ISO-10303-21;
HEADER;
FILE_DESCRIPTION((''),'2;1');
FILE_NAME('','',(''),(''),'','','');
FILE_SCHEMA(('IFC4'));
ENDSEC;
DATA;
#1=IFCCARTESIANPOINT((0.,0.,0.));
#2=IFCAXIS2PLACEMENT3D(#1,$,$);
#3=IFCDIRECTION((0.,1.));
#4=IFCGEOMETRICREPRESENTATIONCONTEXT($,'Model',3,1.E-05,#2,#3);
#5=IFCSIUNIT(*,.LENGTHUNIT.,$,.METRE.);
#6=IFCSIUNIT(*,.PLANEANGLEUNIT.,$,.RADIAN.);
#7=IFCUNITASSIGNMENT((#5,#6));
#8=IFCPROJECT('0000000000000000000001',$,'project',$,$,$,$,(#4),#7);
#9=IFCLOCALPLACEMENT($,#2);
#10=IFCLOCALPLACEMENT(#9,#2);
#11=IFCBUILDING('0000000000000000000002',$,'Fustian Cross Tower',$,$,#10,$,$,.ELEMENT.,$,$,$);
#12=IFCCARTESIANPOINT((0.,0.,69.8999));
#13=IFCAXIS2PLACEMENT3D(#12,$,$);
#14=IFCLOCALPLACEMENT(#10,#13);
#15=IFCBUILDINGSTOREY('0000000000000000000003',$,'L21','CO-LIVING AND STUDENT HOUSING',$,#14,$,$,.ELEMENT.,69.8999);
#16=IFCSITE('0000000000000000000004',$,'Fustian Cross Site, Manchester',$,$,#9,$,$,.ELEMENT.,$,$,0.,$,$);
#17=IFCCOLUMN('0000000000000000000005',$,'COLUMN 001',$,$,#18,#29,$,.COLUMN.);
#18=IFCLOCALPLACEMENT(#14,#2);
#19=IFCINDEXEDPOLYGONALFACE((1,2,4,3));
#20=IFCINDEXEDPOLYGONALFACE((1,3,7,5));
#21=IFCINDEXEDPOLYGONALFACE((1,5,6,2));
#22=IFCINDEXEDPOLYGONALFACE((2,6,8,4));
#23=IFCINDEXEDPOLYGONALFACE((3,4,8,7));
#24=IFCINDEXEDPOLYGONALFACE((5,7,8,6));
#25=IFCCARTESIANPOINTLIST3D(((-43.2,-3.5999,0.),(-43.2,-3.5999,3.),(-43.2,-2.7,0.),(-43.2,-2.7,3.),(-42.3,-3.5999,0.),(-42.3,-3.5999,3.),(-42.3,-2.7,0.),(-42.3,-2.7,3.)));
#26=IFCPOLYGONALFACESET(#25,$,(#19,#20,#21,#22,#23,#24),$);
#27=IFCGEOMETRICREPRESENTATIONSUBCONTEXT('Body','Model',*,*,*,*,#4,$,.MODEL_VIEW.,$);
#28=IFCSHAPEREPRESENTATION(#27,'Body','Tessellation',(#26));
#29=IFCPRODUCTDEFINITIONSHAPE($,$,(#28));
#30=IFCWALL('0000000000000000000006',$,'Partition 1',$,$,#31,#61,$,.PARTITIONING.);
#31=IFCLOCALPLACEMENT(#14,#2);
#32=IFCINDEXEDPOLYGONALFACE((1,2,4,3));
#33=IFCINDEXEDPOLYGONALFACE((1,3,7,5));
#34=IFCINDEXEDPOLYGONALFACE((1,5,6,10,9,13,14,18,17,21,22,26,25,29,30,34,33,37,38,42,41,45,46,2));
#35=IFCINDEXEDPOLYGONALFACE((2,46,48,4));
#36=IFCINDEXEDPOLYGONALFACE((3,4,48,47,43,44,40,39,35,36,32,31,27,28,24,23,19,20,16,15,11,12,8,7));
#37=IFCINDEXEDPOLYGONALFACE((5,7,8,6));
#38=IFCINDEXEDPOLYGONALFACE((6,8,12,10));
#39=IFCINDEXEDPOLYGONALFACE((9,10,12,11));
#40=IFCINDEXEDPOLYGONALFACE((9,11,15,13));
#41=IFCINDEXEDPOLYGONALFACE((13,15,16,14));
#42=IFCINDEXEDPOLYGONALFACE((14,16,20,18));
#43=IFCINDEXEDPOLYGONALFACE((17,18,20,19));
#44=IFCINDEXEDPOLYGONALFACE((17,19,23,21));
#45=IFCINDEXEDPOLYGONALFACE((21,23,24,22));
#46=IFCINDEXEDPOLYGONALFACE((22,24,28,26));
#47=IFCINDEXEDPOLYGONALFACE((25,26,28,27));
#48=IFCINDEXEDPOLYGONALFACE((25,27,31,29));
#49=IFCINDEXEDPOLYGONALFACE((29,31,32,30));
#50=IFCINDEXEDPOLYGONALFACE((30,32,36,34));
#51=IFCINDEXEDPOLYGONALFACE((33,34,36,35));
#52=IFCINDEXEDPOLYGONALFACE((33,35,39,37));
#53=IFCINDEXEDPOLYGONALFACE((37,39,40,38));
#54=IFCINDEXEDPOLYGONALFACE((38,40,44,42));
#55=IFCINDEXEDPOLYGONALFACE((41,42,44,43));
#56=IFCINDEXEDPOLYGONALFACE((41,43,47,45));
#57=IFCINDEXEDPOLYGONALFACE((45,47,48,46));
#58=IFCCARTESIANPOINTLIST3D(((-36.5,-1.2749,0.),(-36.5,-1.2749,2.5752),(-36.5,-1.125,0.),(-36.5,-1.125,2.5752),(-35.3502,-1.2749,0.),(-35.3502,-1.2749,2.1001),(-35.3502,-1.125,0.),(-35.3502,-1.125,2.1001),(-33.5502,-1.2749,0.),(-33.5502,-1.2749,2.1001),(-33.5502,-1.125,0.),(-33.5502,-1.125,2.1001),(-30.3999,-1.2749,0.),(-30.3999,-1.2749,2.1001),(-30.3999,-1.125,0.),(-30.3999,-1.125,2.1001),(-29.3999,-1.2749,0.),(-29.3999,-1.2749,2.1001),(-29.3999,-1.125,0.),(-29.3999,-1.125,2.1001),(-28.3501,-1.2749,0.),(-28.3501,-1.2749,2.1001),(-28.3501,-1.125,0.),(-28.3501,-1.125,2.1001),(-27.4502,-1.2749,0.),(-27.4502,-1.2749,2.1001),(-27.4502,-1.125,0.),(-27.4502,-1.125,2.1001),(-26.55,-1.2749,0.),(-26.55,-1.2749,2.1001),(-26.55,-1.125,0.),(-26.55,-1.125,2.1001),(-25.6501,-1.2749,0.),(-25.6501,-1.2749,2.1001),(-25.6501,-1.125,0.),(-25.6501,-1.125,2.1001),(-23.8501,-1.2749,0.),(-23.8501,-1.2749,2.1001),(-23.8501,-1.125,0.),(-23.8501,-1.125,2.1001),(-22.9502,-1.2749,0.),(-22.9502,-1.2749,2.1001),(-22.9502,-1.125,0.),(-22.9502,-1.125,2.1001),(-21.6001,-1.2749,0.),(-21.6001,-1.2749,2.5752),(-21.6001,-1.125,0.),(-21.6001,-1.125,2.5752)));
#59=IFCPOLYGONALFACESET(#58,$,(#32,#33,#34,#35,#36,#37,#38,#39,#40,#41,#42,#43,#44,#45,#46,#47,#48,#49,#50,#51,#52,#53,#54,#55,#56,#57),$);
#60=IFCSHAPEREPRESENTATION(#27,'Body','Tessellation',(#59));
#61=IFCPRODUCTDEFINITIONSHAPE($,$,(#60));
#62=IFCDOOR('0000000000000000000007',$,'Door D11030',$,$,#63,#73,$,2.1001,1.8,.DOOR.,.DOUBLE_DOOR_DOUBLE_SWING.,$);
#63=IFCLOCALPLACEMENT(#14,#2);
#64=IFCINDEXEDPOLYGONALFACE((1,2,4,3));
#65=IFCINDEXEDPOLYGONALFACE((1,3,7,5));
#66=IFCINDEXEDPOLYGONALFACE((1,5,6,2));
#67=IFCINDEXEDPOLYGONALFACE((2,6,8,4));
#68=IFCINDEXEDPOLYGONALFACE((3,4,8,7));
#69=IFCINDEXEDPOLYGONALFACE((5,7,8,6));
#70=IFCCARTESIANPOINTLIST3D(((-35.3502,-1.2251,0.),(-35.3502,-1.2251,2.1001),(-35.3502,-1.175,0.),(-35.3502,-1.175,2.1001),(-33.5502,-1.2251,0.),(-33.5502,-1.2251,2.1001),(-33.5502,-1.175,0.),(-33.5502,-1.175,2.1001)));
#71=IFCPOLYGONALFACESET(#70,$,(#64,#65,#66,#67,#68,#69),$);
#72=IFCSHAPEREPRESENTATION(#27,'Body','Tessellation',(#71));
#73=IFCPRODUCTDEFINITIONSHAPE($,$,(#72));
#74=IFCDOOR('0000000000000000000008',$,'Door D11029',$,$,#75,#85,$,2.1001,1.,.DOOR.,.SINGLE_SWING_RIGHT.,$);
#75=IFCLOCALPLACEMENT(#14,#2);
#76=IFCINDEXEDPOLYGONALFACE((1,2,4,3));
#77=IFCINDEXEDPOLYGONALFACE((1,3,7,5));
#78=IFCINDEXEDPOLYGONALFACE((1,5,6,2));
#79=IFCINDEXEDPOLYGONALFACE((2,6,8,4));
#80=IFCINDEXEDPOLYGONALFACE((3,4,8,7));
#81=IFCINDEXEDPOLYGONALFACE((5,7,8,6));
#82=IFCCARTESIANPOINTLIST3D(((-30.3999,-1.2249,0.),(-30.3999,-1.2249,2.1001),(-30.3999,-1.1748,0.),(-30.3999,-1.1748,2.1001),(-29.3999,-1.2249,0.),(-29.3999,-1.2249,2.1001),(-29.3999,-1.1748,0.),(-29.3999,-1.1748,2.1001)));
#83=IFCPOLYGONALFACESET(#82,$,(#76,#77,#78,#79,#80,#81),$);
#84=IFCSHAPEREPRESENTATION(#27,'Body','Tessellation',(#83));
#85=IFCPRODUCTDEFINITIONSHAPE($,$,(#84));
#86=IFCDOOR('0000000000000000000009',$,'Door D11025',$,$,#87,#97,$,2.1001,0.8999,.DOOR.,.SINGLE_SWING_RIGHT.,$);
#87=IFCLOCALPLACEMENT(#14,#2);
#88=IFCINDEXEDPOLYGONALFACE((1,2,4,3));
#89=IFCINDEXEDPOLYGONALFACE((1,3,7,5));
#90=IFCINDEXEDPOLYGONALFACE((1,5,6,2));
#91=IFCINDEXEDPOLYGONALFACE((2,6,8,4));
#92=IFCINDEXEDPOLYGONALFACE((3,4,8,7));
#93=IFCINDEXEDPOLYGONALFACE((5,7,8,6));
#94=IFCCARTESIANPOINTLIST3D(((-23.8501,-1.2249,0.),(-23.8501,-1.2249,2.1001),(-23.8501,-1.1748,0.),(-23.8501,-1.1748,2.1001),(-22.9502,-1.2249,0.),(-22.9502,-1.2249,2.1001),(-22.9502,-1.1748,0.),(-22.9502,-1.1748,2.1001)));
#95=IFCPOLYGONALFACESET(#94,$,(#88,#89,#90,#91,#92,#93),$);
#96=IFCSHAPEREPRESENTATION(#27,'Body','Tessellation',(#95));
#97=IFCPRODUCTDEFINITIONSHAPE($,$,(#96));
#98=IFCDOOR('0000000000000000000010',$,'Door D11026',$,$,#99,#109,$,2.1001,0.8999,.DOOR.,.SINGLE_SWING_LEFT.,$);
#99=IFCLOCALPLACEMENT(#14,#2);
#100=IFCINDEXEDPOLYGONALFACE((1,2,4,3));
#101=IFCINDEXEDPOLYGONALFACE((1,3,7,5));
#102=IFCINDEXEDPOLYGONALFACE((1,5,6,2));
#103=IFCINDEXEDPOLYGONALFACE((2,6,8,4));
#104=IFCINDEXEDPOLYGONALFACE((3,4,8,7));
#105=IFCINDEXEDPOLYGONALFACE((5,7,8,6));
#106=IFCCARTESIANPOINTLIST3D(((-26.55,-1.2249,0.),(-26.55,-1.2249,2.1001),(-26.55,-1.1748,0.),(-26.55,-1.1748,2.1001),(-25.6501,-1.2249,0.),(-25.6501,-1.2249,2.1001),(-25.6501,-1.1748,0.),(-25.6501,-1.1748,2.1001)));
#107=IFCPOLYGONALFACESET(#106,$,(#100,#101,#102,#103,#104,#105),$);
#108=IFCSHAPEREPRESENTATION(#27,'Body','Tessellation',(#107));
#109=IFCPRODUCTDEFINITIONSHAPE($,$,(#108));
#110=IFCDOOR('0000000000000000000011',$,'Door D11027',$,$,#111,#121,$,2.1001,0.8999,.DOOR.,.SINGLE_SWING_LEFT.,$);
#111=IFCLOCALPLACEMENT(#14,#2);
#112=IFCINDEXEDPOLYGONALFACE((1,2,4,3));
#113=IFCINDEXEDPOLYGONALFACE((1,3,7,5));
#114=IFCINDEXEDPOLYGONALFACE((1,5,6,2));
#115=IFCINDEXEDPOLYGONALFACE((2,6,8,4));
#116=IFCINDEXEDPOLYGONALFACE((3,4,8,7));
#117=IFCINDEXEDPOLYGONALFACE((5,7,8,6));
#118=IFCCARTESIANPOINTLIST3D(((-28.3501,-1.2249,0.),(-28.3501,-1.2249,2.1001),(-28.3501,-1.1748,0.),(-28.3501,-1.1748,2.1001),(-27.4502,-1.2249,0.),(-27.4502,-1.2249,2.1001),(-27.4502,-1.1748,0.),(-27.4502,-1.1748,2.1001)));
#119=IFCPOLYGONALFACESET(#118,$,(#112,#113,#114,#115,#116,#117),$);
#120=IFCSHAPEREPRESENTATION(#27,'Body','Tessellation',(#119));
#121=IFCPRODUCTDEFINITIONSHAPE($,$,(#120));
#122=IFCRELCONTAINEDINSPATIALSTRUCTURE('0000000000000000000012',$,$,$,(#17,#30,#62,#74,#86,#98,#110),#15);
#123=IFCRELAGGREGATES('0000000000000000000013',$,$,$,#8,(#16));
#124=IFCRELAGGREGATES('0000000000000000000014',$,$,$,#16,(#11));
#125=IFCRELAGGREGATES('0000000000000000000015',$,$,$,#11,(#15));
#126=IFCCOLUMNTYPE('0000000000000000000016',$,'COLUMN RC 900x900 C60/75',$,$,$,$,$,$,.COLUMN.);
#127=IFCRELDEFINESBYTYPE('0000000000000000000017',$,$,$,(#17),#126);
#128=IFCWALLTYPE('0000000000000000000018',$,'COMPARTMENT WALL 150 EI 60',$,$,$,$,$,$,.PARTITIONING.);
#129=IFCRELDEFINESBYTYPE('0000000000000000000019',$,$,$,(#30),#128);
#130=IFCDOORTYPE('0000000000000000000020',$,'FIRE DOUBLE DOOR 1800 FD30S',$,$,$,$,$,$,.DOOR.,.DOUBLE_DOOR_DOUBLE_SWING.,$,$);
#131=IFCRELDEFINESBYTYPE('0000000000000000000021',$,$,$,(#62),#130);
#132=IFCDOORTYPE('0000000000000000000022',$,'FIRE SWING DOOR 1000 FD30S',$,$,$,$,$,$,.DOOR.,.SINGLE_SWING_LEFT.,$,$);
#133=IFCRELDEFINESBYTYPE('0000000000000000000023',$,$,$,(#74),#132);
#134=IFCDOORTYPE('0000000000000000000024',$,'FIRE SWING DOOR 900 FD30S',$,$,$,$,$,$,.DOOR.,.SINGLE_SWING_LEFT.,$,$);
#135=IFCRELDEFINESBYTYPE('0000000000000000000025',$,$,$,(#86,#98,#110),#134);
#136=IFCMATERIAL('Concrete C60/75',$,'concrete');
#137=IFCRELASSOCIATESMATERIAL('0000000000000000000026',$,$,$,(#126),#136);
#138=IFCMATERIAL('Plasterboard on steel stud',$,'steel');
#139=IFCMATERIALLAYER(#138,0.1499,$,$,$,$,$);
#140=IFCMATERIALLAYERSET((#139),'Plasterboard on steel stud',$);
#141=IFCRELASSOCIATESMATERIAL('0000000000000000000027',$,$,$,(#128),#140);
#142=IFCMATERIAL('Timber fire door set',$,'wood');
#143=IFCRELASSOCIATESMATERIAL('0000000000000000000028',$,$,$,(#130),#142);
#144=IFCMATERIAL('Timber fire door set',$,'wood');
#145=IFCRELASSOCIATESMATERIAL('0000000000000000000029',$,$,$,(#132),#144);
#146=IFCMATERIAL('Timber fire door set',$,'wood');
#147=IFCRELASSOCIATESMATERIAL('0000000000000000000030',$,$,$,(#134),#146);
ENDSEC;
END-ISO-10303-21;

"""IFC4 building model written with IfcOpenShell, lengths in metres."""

from ifc_helpers import new_model, si_unit, direction, frame, frame_2d, origin, origin_2d, place, context, subcontext, project, spatial, rectangle, extrude, material, layer, layer_set, material_profile, profile_set, type_object, element, fill, save


model = new_model("IFC4")

# Units and contexts
model_context = context("Model", 3, precision=1e-05, world=origin(), true_north=direction((0.0, 1.0)))
body_context = subcontext(model_context, "Body", "Model", "MODEL_VIEW")
ifc_project = project(units=[si_unit("LENGTHUNIT", "METRE"), si_unit("PLANEANGLEUNIT", "RADIAN")], contexts=[model_context])

# Site, building, storey
site_placement = place(None, origin())
site = spatial("IfcSite", under=ifc_project, at=site_placement, Name="Fustian Cross Site, Manchester", CompositionType="ELEMENT", RefElevation=0.0)
building_placement = place(site_placement, origin())
building = spatial("IfcBuilding", under=site, at=building_placement, Name="Fustian Cross Tower", CompositionType="ELEMENT")
storey_placement = place(building_placement, frame((0.0, 0.0, 69.8999)))
storey = spatial("IfcBuildingStorey", under=building, at=storey_placement, Name="L21", Description="CO-LIVING AND STUDENT HOUSING", CompositionType="ELEMENT", Elevation=69.8999)

# Column
ifc_material_1 = material(Name="Concrete C60/75", Category="concrete")
ifc_material_profile = material_profile(ifc_material_1, rectangle(XDim=0.8999, YDim=0.8999, at=origin_2d()), Name="RC 900x900")
ifc_profile_set = profile_set([ifc_material_profile], Name="Concrete C60/75")
column_type = type_object("IfcColumnType", Name="COLUMN RC 900x900 C60/75", PredefinedType="COLUMN", material=ifc_profile_set)
column_placement = place(storey_placement, frame((-42.75, -3.1499, 0.0), z_axis=(0.0, 0.0, 1.0), x_axis=(1.0, 0.0, 0.0)))
element("IfcColumn", 1, at=column_placement, inside=storey, type_object=column_type, Name="COLUMN 001", PredefinedType="COLUMN", context=body_context, shape_type="SweptSolid", body=[
    extrude(rectangle(XDim=0.8999, YDim=0.8999, at=origin_2d()), origin(), (0.0, 0.0, 1.0), 3.0),
])

# Wall, openings, doors
ifc_material_2 = material(Name="Plasterboard on steel stud", Category="steel")
ifc_layer_1 = layer(ifc_material_2, 0.1499)
ifc_layer_set_1 = layer_set([ifc_layer_1], Name="Plasterboard on steel stud")
wall_type_1 = type_object("IfcWallType", Name="COMPARTMENT WALL 150 EI 60", PredefinedType="PARTITIONING", material=ifc_layer_set_1)
wall_1_placement = place(storey_placement, frame((-36.5, -1.2, 0.0), z_axis=(0.0, 0.0, 1.0), x_axis=(1.0, 0.0, 0.0)))
wall_1 = element("IfcWall", 2, at=wall_1_placement, inside=storey, type_object=wall_type_1, Name="Partition 1", PredefinedType="PARTITIONING", context=body_context, shape_type="SweptSolid", body=[
    extrude(rectangle(XDim=14.8999, YDim=0.1499, at=frame_2d((7.45, 0.0))), origin(), (0.0, 0.0, 1.0), 2.5752),
])
opening_1_placement = place(wall_1_placement, frame((12.6499, 0.0, 0.0)))
opening_1 = element("IfcOpeningElement", 3, at=opening_1_placement, cuts=wall_1, PredefinedType="OPENING", context=body_context, shape_type="SweptSolid", body=[
    extrude(rectangle(XDim=0.8999, YDim=2.1001, at=frame_2d((0.45, 1.05))), frame((0.0, 0.085, 0.0), z_axis=(0.0, -1.0, 0.0), x_axis=(1.0, 0.0, 0.0)), (0.0, 0.0, 1.0), 0.1699),
])
opening_2_placement = place(wall_1_placement, frame((9.95, 0.0, 0.0)))
opening_2 = element("IfcOpeningElement", 4, at=opening_2_placement, cuts=wall_1, PredefinedType="OPENING", context=body_context, shape_type="SweptSolid", body=[
    extrude(rectangle(XDim=0.8999, YDim=2.1001, at=frame_2d((0.45, 1.05))), frame((0.0, 0.085, 0.0), z_axis=(0.0, -1.0, 0.0), x_axis=(1.0, 0.0, 0.0)), (0.0, 0.0, 1.0), 0.1699),
])
opening_3_placement = place(wall_1_placement, frame((8.1499, 0.0, 0.0)))
opening_3 = element("IfcOpeningElement", 5, at=opening_3_placement, cuts=wall_1, PredefinedType="OPENING", context=body_context, shape_type="SweptSolid", body=[
    extrude(rectangle(XDim=0.8999, YDim=2.1001, at=frame_2d((0.45, 1.05))), frame((0.0, 0.085, 0.0), z_axis=(0.0, -1.0, 0.0), x_axis=(1.0, 0.0, 0.0)), (0.0, 0.0, 1.0), 0.1699),
])
opening_4_placement = place(wall_1_placement, frame((6.1001, 0.0, 0.0)))
opening_4 = element("IfcOpeningElement", 6, at=opening_4_placement, cuts=wall_1, PredefinedType="OPENING", context=body_context, shape_type="SweptSolid", body=[
    extrude(rectangle(XDim=1.0, YDim=2.1001, at=frame_2d((0.5, 1.05))), frame((0.0, 0.085, 0.0), z_axis=(0.0, -1.0, 0.0), x_axis=(1.0, 0.0, 0.0)), (0.0, 0.0, 1.0), 0.1699),
])
opening_5_placement = place(wall_1_placement, frame((1.1499, 0.0, 0.0)))
opening_5 = element("IfcOpeningElement", 7, at=opening_5_placement, cuts=wall_1, PredefinedType="OPENING", context=body_context, shape_type="SweptSolid", body=[
    extrude(rectangle(XDim=1.8, YDim=2.1001, at=frame_2d((0.8999, 1.05))), frame((0.0, 0.085, 0.0), z_axis=(0.0, -1.0, 0.0), x_axis=(1.0, 0.0, 0.0)), (0.0, 0.0, 1.0), 0.1699),
])
ifc_material_3 = material(Name="Timber fire door set", Category="wood")
door_type_1 = type_object("IfcDoorType", Name="FIRE DOUBLE DOOR 1800 FD30S", OperationType="DOUBLE_DOOR_DOUBLE_SWING", PredefinedType="DOOR", material=ifc_material_3)
door_1_placement = place(opening_5_placement, origin())
door_1 = element("IfcDoor", 8, at=door_1_placement, inside=storey, type_object=door_type_1, Name="Door D11030", OperationType="DOUBLE_DOOR_DOUBLE_SWING", OverallHeight=2.1001, OverallWidth=1.8, PredefinedType="DOOR", context=body_context, shape_type="SweptSolid", body=[
    extrude(rectangle(XDim=1.8, YDim=2.1001, at=frame_2d((0.8999, 1.05))), frame((0.0, 0.0249, 0.0), z_axis=(0.0, -1.0, 0.0), x_axis=(1.0, 0.0, 0.0)), (0.0, 0.0, 1.0), 0.05),
])
fill(opening_5, door_1)
ifc_material_4 = material(Name="Timber fire door set", Category="wood")
door_type_2 = type_object("IfcDoorType", Name="FIRE SWING DOOR 1000 FD30S", OperationType="SINGLE_SWING_LEFT", PredefinedType="DOOR", material=ifc_material_4)
door_2_placement = place(opening_4_placement, frame((1.0, 0.0, 0.0), z_axis=(0.0, 0.0, 1.0), x_axis=(-1.0, 0.0, 0.0)))
door_2 = element("IfcDoor", 9, at=door_2_placement, inside=storey, type_object=door_type_2, Name="Door D11029", OperationType="SINGLE_SWING_RIGHT", OverallHeight=2.1001, OverallWidth=1.0, PredefinedType="DOOR", context=body_context, shape_type="SweptSolid", body=[
    extrude(rectangle(XDim=1.0, YDim=2.1001, at=frame_2d((0.5, 1.05))), frame((0.0, 0.0249, 0.0), z_axis=(0.0, -1.0, 0.0), x_axis=(1.0, 0.0, 0.0)), (0.0, 0.0, 1.0), 0.05),
])
fill(opening_4, door_2)
ifc_material_5 = material(Name="Timber fire door set", Category="wood")
door_type_3 = type_object("IfcDoorType", Name="FIRE SWING DOOR 900 FD30S", OperationType="SINGLE_SWING_LEFT", PredefinedType="DOOR", material=ifc_material_5)
door_3_placement = place(opening_1_placement, frame((0.8999, 0.0, 0.0), z_axis=(0.0, 0.0, 1.0), x_axis=(-1.0, 0.0, 0.0)))
door_3 = element("IfcDoor", 10, at=door_3_placement, inside=storey, type_object=door_type_3, Name="Door D11025", OperationType="SINGLE_SWING_RIGHT", OverallHeight=2.1001, OverallWidth=0.8999, PredefinedType="DOOR", context=body_context, shape_type="SweptSolid", body=[
    extrude(rectangle(XDim=0.8999, YDim=2.1001, at=frame_2d((0.45, 1.05))), frame((0.0, 0.0249, 0.0), z_axis=(0.0, -1.0, 0.0), x_axis=(1.0, 0.0, 0.0)), (0.0, 0.0, 1.0), 0.05),
])
fill(opening_1, door_3)
door_4_placement = place(opening_2_placement, frame((0.8999, 0.0, 0.0), z_axis=(0.0, 0.0, 1.0), x_axis=(-1.0, 0.0, 0.0)))
door_4 = element("IfcDoor", 11, at=door_4_placement, inside=storey, type_object=door_type_3, Name="Door D11026", OperationType="SINGLE_SWING_LEFT", OverallHeight=2.1001, OverallWidth=0.8999, PredefinedType="DOOR", context=body_context, shape_type="SweptSolid", body=[
    extrude(rectangle(XDim=0.8999, YDim=2.1001, at=frame_2d((0.45, 1.05))), frame((0.0, 0.0249, 0.0), z_axis=(0.0, -1.0, 0.0), x_axis=(1.0, 0.0, 0.0)), (0.0, 0.0, 1.0), 0.05),
])
fill(opening_2, door_4)
door_5_placement = place(opening_3_placement, frame((0.8999, 0.0, 0.0), z_axis=(0.0, 0.0, 1.0), x_axis=(-1.0, 0.0, 0.0)))
door_5 = element("IfcDoor", 12, at=door_5_placement, inside=storey, type_object=door_type_3, Name="Door D11027", OperationType="SINGLE_SWING_LEFT", OverallHeight=2.1001, OverallWidth=0.8999, PredefinedType="DOOR", context=body_context, shape_type="SweptSolid", body=[
    extrude(rectangle(XDim=0.8999, YDim=2.1001, at=frame_2d((0.45, 1.05))), frame((0.0, 0.0249, 0.0), z_axis=(0.0, -1.0, 0.0), x_axis=(1.0, 0.0, 0.0)), (0.0, 0.0, 1.0), 0.05),
])
fill(opening_3, door_5)

save(model, "model.ifc")
